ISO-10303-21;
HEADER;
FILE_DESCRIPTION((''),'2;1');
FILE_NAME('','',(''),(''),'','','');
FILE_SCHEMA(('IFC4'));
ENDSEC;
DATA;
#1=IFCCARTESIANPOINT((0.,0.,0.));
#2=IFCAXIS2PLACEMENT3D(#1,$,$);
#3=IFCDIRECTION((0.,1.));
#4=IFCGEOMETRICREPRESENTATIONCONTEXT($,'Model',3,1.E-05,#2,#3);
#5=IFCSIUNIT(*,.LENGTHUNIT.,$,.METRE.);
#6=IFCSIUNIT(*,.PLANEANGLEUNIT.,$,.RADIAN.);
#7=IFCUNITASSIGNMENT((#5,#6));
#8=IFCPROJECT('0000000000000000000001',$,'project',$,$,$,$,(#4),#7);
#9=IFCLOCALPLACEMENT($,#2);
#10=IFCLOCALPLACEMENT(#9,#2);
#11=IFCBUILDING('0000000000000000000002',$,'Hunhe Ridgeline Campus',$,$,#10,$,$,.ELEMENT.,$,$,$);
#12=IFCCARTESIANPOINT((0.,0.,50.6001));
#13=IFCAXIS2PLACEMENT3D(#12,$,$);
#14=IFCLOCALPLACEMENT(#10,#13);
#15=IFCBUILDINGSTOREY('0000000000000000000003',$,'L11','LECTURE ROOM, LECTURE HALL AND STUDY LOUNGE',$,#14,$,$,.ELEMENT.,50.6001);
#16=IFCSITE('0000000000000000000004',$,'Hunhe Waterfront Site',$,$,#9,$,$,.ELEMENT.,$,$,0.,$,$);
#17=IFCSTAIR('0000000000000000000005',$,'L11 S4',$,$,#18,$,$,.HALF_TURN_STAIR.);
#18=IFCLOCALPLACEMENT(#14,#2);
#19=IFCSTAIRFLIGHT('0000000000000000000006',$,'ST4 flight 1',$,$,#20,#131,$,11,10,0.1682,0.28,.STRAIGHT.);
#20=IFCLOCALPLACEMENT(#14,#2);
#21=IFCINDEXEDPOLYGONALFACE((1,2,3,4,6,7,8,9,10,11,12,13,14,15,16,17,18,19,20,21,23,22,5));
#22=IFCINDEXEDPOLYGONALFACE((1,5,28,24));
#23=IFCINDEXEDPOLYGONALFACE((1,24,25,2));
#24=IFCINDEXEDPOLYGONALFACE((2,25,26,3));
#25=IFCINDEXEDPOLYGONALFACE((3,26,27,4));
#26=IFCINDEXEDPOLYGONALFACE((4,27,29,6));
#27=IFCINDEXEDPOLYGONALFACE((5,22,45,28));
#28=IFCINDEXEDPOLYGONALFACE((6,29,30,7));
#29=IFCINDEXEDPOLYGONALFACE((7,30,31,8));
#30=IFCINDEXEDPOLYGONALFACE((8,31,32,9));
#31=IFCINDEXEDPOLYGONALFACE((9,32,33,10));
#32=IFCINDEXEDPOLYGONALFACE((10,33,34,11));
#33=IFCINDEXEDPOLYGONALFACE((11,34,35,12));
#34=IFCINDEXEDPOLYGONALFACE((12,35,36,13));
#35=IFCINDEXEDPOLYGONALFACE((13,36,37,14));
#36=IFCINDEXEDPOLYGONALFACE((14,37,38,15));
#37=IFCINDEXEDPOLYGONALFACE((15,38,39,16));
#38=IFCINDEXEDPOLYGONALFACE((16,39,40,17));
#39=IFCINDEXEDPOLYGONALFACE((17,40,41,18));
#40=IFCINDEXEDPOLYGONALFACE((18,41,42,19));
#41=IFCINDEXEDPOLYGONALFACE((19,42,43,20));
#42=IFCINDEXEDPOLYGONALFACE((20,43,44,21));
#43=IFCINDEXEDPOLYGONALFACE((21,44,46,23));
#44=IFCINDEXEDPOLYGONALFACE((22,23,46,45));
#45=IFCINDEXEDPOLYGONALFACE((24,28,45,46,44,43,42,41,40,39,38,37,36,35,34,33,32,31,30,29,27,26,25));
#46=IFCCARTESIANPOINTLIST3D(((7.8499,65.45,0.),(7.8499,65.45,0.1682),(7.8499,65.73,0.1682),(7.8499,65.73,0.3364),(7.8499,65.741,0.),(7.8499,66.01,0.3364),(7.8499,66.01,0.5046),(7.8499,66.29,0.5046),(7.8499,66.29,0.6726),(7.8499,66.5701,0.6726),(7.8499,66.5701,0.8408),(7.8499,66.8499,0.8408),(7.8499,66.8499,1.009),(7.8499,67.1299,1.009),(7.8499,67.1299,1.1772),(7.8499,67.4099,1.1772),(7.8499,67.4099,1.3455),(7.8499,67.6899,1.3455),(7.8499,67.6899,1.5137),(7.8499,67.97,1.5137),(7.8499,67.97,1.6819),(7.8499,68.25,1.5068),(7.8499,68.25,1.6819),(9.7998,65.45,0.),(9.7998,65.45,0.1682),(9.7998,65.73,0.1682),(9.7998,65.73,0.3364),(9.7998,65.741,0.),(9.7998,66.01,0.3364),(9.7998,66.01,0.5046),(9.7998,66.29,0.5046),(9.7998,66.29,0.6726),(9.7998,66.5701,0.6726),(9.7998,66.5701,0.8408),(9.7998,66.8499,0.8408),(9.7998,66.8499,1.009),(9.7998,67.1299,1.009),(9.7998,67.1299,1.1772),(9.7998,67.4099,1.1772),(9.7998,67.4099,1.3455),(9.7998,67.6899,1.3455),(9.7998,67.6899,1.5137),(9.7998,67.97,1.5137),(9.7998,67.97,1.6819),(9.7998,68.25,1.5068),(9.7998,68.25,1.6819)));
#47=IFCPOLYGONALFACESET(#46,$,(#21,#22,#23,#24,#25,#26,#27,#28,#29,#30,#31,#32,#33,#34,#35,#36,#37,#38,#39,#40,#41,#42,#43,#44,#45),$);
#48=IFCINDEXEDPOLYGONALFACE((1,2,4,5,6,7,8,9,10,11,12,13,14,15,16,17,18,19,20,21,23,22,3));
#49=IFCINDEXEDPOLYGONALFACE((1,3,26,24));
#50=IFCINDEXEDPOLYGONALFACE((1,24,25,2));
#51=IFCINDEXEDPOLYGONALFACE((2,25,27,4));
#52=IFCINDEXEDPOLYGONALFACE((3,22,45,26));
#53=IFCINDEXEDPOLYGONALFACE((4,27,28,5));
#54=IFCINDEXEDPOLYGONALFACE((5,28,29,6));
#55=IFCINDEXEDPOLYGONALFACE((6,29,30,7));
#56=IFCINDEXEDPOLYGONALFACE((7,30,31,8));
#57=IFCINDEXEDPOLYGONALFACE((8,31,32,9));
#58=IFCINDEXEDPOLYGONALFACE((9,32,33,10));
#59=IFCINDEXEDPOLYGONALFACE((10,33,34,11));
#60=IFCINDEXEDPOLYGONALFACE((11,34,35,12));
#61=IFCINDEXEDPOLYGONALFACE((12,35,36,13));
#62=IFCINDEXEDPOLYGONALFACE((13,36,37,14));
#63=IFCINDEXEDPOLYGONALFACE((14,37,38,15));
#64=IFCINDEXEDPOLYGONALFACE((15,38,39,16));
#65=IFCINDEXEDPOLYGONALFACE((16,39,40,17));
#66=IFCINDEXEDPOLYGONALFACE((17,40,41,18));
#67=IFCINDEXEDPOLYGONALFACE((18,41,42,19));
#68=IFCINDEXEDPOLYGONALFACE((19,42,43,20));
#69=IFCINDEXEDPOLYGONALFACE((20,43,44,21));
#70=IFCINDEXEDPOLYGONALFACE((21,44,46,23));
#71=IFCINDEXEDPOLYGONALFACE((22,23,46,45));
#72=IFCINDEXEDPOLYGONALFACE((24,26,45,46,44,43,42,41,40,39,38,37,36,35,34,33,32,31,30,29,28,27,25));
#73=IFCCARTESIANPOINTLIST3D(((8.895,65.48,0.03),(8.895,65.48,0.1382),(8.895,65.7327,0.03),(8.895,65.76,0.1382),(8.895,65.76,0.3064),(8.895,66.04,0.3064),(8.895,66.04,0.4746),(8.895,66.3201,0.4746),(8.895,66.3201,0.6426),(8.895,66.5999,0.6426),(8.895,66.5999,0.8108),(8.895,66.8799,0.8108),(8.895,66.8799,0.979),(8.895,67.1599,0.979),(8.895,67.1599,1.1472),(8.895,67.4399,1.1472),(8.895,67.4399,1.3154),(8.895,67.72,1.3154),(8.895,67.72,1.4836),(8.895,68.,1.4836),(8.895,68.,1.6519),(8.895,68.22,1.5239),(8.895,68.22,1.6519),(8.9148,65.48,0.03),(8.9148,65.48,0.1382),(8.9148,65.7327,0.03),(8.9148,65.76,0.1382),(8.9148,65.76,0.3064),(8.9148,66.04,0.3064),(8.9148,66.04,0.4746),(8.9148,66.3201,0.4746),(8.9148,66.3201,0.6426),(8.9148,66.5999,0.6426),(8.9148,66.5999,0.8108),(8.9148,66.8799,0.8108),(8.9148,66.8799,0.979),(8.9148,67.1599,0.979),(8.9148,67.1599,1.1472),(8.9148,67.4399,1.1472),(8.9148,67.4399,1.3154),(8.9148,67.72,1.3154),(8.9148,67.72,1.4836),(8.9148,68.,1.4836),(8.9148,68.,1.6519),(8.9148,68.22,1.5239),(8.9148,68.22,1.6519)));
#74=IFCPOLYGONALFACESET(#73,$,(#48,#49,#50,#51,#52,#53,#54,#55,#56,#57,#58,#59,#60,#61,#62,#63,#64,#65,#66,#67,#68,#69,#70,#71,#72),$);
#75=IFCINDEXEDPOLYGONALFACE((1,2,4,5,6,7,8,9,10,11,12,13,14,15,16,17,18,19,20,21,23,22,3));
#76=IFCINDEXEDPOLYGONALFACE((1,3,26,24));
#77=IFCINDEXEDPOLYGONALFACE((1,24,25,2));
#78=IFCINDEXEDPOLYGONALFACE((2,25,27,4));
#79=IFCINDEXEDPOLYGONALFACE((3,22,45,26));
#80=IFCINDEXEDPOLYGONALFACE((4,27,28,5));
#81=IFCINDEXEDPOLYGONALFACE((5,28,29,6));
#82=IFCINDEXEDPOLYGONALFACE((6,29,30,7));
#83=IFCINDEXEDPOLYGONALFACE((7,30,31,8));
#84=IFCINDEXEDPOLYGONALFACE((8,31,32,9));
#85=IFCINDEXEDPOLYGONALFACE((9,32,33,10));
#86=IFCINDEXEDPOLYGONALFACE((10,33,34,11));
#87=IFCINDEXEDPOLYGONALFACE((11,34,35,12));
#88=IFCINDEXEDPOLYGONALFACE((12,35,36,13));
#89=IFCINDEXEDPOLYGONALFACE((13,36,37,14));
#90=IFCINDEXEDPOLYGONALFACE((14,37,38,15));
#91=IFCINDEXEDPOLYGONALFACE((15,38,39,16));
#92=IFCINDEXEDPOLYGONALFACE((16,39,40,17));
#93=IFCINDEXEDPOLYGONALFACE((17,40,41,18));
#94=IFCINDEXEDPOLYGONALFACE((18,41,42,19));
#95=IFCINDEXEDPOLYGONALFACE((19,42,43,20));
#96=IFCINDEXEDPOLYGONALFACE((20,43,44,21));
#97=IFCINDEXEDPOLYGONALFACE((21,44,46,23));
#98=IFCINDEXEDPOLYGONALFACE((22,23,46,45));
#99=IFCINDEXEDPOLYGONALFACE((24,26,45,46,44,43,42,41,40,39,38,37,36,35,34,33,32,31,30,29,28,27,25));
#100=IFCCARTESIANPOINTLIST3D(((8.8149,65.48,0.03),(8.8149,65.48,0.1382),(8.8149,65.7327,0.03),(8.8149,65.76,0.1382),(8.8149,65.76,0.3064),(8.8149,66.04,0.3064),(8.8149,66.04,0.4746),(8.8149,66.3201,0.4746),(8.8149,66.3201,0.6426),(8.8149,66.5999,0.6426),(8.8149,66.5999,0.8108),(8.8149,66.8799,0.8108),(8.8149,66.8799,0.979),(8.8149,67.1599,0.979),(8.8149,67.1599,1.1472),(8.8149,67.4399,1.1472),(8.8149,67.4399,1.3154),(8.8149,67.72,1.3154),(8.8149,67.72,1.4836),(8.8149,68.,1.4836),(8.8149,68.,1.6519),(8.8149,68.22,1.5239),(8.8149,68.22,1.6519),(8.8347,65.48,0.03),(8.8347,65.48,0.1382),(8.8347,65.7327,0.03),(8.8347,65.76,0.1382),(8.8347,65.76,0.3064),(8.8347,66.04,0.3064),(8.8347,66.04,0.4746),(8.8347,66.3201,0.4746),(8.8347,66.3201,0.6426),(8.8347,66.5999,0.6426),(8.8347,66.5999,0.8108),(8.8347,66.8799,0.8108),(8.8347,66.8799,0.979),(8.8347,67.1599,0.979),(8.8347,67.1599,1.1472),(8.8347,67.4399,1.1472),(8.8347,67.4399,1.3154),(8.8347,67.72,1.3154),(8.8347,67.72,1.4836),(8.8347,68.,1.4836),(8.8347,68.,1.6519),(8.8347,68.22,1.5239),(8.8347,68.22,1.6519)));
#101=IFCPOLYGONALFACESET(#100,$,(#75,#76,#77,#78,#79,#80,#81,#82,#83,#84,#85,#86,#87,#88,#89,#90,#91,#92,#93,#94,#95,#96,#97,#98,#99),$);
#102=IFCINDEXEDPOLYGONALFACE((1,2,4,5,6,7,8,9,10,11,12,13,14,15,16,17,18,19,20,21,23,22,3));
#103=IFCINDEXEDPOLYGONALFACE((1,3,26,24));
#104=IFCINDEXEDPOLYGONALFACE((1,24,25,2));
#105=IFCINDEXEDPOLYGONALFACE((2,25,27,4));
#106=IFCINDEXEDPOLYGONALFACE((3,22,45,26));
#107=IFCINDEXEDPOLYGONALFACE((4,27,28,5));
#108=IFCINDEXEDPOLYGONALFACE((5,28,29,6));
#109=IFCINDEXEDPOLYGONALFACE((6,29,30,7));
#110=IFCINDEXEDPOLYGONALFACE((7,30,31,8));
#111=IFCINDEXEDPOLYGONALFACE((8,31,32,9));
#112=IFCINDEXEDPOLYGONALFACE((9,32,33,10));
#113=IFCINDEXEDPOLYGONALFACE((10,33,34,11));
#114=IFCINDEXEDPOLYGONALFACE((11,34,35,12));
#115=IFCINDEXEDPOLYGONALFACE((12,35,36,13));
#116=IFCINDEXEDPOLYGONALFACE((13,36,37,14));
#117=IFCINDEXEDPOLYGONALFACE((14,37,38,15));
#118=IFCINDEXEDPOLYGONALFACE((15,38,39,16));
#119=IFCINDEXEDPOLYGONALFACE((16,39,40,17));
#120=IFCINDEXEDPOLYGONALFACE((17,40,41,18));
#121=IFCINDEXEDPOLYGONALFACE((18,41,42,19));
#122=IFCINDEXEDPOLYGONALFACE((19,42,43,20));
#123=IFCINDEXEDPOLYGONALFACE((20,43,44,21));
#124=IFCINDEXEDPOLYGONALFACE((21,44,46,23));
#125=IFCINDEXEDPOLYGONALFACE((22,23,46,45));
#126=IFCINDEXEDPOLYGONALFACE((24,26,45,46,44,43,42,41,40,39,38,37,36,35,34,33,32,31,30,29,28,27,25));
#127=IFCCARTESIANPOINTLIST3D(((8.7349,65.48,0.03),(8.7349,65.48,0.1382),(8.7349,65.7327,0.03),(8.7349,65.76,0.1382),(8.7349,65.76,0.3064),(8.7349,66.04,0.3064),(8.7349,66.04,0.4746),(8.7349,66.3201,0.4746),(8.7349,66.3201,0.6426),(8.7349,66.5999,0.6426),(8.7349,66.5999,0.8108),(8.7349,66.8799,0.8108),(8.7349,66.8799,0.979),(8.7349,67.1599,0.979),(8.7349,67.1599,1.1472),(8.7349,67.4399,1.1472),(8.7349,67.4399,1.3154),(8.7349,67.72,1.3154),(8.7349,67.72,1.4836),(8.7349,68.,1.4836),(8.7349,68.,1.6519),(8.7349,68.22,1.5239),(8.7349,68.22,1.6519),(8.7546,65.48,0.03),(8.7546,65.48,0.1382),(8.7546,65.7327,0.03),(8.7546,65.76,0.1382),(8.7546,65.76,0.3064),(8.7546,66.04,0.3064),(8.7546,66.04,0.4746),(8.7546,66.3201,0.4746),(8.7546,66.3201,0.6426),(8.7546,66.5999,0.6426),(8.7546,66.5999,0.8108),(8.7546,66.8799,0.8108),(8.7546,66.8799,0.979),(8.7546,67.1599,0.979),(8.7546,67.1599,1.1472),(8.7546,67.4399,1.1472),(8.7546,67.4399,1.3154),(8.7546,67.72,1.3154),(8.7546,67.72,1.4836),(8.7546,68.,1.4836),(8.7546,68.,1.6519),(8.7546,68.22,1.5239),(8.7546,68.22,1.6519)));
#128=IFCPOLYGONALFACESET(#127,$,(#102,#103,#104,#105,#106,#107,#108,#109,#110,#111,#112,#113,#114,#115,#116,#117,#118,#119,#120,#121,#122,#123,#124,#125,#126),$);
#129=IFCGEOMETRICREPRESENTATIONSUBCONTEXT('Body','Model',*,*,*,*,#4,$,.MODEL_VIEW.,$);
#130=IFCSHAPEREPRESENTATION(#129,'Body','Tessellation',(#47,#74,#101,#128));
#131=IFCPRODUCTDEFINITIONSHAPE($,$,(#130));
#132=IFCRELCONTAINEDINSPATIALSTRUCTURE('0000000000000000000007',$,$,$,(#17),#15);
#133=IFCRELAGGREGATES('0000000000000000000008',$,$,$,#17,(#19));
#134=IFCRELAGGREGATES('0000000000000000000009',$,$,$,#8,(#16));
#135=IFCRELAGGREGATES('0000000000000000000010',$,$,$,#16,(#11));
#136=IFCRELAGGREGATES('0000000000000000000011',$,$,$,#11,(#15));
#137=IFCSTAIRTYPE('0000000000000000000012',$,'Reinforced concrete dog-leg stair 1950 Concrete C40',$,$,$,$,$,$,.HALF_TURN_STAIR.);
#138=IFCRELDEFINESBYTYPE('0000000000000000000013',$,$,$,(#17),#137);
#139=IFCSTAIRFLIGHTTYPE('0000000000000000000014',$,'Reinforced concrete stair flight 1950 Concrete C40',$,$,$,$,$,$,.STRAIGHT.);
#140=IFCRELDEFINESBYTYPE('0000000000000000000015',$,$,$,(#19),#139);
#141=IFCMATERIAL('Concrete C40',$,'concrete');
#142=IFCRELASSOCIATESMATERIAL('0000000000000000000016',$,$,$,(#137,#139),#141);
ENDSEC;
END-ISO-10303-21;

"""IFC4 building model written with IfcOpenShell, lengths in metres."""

from ifc_helpers import new_model, si_unit, direction, frame, origin, place, context, subcontext, project, spatial, polyline, outline, extrude, material, type_object, element, aggregate, save


model = new_model("IFC4")

# Units and contexts
model_context = context("Model", 3, precision=1e-05, world=origin(), true_north=direction((0.0, 1.0)))
body_context = subcontext(model_context, "Body", "Model", "MODEL_VIEW")
ifc_project = project(units=[si_unit("LENGTHUNIT", "METRE"), si_unit("PLANEANGLEUNIT", "RADIAN")], contexts=[model_context])

# Site, building, storey
site_placement = place(None, origin())
site = spatial("IfcSite", under=ifc_project, at=site_placement, Name="Hunhe Waterfront Site", CompositionType="ELEMENT", RefElevation=0.0)
building_placement = place(site_placement, origin())
building = spatial("IfcBuilding", under=site, at=building_placement, Name="Hunhe Ridgeline Campus", CompositionType="ELEMENT")
storey_placement = place(building_placement, frame((0.0, 0.0, 50.6001)))
storey = spatial("IfcBuildingStorey", under=building, at=storey_placement, Name="L11", Description="LECTURE ROOM, LECTURE HALL AND STUDY LOUNGE", CompositionType="ELEMENT", Elevation=50.6001)

# Shared definitions
ifc_material_1 = material(Name="Concrete C40", Category="concrete")
stair_type = type_object("IfcStairType", Name="Reinforced concrete dog-leg stair 1950 Concrete C40", PredefinedType="HALF_TURN_STAIR", material=ifc_material_1)
stair_flight_type = type_object("IfcStairFlightType", Name="Reinforced concrete stair flight 1950 Concrete C40", PredefinedType="STRAIGHT", material=ifc_material_1)

# Stair, stair flight
stair_1_placement = place(storey_placement, origin())
stair_1 = element("IfcStair", 1, at=stair_1_placement, inside=storey, type_object=stair_type, Name="L11 S4", PredefinedType="HALF_TURN_STAIR")
stair_flight_1_placement = place(storey_placement, frame((8.825, 65.45, 0.0), z_axis=(0.0, 0.0, 1.0), x_axis=(0.0, 1.0, 0.0)))
stair_flight_1 = element("IfcStairFlight", 2, at=stair_flight_1_placement, type_object=stair_flight_type, Name="ST4 flight 1", NumberOfRisers=11, NumberOfTreads=10, PredefinedType="STRAIGHT", RiserHeight=0.1682, TreadLength=0.28, context=body_context, shape_type="SweptSolid", body=[
    extrude(outline(polyline([(0.0, 0.0), (0.0, 0.1682), (0.28, 0.1682), (0.28, 0.3364), (0.5601, 0.3364), (0.5601, 0.5046), (0.8401, 0.5046), (0.8401, 0.6726), (1.1201, 0.6726), (1.1201, 0.8408), (1.3999, 0.8408), (1.3999, 1.009), (1.6799, 1.009), (1.6799, 1.1772), (1.96, 1.1772), (1.96, 1.3455), (2.24, 1.3455), (2.24, 1.5137), (2.52, 1.5137), (2.52, 1.6819), (2.8, 1.6819), (2.8, 1.8501), (2.8, 1.5068), (0.291, 0.0), (0.0, 0.0)])), frame((0.0, 0.9751, 0.0), z_axis=(0.0, -1.0, 0.0), x_axis=(1.0, 0.0, 0.0)), (0.0, 0.0, 1.0), 1.95),
    extrude(outline(polyline([(0.03, 0.03), (0.03, 0.1382), (0.3101, 0.1382), (0.3101, 0.3064), (0.5901, 0.3064), (0.5901, 0.4746), (0.8701, 0.4746), (0.8701, 0.6426), (1.1499, 0.6426), (1.1499, 0.8108), (1.4299, 0.8108), (1.4299, 0.979), (1.71, 0.979), (1.71, 1.1472), (1.99, 1.1472), (1.99, 1.3154), (2.27, 1.3154), (2.27, 1.4836), (2.55, 1.4836), (2.55, 1.6519), (2.77, 1.6519), (2.77, 1.5239), (0.2827, 0.03), (0.03, 0.03)])), frame((0.0, -0.0701, 0.0), z_axis=(0.0, -1.0, 0.0), x_axis=(1.0, 0.0, 0.0)), (0.0, 0.0, 1.0), 0.0198),
    extrude(outline(polyline([(0.03, 0.03), (0.03, 0.1382), (0.3101, 0.1382), (0.3101, 0.3064), (0.5901, 0.3064), (0.5901, 0.4746), (0.8701, 0.4746), (0.8701, 0.6426), (1.1499, 0.6426), (1.1499, 0.8108), (1.4299, 0.8108), (1.4299, 0.979), (1.71, 0.979), (1.71, 1.1472), (1.99, 1.1472), (1.99, 1.3154), (2.27, 1.3154), (2.27, 1.4836), (2.55, 1.4836), (2.55, 1.6519), (2.77, 1.6519), (2.77, 1.5239), (0.2827, 0.03), (0.03, 0.03)])), frame((0.0, 0.01, 0.0), z_axis=(0.0, -1.0, 0.0), x_axis=(1.0, 0.0, 0.0)), (0.0, 0.0, 1.0), 0.0198),
    extrude(outline(polyline([(0.03, 0.03), (0.03, 0.1382), (0.3101, 0.1382), (0.3101, 0.3064), (0.5901, 0.3064), (0.5901, 0.4746), (0.8701, 0.4746), (0.8701, 0.6426), (1.1499, 0.6426), (1.1499, 0.8108), (1.4299, 0.8108), (1.4299, 0.979), (1.71, 0.979), (1.71, 1.1472), (1.99, 1.1472), (1.99, 1.3154), (2.27, 1.3154), (2.27, 1.4836), (2.55, 1.4836), (2.55, 1.6519), (2.77, 1.6519), (2.77, 1.5239), (0.2827, 0.03), (0.03, 0.03)])), frame((0.0, 0.0901, 0.0), z_axis=(0.0, -1.0, 0.0), x_axis=(1.0, 0.0, 0.0)), (0.0, 0.0, 1.0), 0.0198),
])
aggregate(stair_1, [stair_flight_1])

save(model, "model.ifc")
